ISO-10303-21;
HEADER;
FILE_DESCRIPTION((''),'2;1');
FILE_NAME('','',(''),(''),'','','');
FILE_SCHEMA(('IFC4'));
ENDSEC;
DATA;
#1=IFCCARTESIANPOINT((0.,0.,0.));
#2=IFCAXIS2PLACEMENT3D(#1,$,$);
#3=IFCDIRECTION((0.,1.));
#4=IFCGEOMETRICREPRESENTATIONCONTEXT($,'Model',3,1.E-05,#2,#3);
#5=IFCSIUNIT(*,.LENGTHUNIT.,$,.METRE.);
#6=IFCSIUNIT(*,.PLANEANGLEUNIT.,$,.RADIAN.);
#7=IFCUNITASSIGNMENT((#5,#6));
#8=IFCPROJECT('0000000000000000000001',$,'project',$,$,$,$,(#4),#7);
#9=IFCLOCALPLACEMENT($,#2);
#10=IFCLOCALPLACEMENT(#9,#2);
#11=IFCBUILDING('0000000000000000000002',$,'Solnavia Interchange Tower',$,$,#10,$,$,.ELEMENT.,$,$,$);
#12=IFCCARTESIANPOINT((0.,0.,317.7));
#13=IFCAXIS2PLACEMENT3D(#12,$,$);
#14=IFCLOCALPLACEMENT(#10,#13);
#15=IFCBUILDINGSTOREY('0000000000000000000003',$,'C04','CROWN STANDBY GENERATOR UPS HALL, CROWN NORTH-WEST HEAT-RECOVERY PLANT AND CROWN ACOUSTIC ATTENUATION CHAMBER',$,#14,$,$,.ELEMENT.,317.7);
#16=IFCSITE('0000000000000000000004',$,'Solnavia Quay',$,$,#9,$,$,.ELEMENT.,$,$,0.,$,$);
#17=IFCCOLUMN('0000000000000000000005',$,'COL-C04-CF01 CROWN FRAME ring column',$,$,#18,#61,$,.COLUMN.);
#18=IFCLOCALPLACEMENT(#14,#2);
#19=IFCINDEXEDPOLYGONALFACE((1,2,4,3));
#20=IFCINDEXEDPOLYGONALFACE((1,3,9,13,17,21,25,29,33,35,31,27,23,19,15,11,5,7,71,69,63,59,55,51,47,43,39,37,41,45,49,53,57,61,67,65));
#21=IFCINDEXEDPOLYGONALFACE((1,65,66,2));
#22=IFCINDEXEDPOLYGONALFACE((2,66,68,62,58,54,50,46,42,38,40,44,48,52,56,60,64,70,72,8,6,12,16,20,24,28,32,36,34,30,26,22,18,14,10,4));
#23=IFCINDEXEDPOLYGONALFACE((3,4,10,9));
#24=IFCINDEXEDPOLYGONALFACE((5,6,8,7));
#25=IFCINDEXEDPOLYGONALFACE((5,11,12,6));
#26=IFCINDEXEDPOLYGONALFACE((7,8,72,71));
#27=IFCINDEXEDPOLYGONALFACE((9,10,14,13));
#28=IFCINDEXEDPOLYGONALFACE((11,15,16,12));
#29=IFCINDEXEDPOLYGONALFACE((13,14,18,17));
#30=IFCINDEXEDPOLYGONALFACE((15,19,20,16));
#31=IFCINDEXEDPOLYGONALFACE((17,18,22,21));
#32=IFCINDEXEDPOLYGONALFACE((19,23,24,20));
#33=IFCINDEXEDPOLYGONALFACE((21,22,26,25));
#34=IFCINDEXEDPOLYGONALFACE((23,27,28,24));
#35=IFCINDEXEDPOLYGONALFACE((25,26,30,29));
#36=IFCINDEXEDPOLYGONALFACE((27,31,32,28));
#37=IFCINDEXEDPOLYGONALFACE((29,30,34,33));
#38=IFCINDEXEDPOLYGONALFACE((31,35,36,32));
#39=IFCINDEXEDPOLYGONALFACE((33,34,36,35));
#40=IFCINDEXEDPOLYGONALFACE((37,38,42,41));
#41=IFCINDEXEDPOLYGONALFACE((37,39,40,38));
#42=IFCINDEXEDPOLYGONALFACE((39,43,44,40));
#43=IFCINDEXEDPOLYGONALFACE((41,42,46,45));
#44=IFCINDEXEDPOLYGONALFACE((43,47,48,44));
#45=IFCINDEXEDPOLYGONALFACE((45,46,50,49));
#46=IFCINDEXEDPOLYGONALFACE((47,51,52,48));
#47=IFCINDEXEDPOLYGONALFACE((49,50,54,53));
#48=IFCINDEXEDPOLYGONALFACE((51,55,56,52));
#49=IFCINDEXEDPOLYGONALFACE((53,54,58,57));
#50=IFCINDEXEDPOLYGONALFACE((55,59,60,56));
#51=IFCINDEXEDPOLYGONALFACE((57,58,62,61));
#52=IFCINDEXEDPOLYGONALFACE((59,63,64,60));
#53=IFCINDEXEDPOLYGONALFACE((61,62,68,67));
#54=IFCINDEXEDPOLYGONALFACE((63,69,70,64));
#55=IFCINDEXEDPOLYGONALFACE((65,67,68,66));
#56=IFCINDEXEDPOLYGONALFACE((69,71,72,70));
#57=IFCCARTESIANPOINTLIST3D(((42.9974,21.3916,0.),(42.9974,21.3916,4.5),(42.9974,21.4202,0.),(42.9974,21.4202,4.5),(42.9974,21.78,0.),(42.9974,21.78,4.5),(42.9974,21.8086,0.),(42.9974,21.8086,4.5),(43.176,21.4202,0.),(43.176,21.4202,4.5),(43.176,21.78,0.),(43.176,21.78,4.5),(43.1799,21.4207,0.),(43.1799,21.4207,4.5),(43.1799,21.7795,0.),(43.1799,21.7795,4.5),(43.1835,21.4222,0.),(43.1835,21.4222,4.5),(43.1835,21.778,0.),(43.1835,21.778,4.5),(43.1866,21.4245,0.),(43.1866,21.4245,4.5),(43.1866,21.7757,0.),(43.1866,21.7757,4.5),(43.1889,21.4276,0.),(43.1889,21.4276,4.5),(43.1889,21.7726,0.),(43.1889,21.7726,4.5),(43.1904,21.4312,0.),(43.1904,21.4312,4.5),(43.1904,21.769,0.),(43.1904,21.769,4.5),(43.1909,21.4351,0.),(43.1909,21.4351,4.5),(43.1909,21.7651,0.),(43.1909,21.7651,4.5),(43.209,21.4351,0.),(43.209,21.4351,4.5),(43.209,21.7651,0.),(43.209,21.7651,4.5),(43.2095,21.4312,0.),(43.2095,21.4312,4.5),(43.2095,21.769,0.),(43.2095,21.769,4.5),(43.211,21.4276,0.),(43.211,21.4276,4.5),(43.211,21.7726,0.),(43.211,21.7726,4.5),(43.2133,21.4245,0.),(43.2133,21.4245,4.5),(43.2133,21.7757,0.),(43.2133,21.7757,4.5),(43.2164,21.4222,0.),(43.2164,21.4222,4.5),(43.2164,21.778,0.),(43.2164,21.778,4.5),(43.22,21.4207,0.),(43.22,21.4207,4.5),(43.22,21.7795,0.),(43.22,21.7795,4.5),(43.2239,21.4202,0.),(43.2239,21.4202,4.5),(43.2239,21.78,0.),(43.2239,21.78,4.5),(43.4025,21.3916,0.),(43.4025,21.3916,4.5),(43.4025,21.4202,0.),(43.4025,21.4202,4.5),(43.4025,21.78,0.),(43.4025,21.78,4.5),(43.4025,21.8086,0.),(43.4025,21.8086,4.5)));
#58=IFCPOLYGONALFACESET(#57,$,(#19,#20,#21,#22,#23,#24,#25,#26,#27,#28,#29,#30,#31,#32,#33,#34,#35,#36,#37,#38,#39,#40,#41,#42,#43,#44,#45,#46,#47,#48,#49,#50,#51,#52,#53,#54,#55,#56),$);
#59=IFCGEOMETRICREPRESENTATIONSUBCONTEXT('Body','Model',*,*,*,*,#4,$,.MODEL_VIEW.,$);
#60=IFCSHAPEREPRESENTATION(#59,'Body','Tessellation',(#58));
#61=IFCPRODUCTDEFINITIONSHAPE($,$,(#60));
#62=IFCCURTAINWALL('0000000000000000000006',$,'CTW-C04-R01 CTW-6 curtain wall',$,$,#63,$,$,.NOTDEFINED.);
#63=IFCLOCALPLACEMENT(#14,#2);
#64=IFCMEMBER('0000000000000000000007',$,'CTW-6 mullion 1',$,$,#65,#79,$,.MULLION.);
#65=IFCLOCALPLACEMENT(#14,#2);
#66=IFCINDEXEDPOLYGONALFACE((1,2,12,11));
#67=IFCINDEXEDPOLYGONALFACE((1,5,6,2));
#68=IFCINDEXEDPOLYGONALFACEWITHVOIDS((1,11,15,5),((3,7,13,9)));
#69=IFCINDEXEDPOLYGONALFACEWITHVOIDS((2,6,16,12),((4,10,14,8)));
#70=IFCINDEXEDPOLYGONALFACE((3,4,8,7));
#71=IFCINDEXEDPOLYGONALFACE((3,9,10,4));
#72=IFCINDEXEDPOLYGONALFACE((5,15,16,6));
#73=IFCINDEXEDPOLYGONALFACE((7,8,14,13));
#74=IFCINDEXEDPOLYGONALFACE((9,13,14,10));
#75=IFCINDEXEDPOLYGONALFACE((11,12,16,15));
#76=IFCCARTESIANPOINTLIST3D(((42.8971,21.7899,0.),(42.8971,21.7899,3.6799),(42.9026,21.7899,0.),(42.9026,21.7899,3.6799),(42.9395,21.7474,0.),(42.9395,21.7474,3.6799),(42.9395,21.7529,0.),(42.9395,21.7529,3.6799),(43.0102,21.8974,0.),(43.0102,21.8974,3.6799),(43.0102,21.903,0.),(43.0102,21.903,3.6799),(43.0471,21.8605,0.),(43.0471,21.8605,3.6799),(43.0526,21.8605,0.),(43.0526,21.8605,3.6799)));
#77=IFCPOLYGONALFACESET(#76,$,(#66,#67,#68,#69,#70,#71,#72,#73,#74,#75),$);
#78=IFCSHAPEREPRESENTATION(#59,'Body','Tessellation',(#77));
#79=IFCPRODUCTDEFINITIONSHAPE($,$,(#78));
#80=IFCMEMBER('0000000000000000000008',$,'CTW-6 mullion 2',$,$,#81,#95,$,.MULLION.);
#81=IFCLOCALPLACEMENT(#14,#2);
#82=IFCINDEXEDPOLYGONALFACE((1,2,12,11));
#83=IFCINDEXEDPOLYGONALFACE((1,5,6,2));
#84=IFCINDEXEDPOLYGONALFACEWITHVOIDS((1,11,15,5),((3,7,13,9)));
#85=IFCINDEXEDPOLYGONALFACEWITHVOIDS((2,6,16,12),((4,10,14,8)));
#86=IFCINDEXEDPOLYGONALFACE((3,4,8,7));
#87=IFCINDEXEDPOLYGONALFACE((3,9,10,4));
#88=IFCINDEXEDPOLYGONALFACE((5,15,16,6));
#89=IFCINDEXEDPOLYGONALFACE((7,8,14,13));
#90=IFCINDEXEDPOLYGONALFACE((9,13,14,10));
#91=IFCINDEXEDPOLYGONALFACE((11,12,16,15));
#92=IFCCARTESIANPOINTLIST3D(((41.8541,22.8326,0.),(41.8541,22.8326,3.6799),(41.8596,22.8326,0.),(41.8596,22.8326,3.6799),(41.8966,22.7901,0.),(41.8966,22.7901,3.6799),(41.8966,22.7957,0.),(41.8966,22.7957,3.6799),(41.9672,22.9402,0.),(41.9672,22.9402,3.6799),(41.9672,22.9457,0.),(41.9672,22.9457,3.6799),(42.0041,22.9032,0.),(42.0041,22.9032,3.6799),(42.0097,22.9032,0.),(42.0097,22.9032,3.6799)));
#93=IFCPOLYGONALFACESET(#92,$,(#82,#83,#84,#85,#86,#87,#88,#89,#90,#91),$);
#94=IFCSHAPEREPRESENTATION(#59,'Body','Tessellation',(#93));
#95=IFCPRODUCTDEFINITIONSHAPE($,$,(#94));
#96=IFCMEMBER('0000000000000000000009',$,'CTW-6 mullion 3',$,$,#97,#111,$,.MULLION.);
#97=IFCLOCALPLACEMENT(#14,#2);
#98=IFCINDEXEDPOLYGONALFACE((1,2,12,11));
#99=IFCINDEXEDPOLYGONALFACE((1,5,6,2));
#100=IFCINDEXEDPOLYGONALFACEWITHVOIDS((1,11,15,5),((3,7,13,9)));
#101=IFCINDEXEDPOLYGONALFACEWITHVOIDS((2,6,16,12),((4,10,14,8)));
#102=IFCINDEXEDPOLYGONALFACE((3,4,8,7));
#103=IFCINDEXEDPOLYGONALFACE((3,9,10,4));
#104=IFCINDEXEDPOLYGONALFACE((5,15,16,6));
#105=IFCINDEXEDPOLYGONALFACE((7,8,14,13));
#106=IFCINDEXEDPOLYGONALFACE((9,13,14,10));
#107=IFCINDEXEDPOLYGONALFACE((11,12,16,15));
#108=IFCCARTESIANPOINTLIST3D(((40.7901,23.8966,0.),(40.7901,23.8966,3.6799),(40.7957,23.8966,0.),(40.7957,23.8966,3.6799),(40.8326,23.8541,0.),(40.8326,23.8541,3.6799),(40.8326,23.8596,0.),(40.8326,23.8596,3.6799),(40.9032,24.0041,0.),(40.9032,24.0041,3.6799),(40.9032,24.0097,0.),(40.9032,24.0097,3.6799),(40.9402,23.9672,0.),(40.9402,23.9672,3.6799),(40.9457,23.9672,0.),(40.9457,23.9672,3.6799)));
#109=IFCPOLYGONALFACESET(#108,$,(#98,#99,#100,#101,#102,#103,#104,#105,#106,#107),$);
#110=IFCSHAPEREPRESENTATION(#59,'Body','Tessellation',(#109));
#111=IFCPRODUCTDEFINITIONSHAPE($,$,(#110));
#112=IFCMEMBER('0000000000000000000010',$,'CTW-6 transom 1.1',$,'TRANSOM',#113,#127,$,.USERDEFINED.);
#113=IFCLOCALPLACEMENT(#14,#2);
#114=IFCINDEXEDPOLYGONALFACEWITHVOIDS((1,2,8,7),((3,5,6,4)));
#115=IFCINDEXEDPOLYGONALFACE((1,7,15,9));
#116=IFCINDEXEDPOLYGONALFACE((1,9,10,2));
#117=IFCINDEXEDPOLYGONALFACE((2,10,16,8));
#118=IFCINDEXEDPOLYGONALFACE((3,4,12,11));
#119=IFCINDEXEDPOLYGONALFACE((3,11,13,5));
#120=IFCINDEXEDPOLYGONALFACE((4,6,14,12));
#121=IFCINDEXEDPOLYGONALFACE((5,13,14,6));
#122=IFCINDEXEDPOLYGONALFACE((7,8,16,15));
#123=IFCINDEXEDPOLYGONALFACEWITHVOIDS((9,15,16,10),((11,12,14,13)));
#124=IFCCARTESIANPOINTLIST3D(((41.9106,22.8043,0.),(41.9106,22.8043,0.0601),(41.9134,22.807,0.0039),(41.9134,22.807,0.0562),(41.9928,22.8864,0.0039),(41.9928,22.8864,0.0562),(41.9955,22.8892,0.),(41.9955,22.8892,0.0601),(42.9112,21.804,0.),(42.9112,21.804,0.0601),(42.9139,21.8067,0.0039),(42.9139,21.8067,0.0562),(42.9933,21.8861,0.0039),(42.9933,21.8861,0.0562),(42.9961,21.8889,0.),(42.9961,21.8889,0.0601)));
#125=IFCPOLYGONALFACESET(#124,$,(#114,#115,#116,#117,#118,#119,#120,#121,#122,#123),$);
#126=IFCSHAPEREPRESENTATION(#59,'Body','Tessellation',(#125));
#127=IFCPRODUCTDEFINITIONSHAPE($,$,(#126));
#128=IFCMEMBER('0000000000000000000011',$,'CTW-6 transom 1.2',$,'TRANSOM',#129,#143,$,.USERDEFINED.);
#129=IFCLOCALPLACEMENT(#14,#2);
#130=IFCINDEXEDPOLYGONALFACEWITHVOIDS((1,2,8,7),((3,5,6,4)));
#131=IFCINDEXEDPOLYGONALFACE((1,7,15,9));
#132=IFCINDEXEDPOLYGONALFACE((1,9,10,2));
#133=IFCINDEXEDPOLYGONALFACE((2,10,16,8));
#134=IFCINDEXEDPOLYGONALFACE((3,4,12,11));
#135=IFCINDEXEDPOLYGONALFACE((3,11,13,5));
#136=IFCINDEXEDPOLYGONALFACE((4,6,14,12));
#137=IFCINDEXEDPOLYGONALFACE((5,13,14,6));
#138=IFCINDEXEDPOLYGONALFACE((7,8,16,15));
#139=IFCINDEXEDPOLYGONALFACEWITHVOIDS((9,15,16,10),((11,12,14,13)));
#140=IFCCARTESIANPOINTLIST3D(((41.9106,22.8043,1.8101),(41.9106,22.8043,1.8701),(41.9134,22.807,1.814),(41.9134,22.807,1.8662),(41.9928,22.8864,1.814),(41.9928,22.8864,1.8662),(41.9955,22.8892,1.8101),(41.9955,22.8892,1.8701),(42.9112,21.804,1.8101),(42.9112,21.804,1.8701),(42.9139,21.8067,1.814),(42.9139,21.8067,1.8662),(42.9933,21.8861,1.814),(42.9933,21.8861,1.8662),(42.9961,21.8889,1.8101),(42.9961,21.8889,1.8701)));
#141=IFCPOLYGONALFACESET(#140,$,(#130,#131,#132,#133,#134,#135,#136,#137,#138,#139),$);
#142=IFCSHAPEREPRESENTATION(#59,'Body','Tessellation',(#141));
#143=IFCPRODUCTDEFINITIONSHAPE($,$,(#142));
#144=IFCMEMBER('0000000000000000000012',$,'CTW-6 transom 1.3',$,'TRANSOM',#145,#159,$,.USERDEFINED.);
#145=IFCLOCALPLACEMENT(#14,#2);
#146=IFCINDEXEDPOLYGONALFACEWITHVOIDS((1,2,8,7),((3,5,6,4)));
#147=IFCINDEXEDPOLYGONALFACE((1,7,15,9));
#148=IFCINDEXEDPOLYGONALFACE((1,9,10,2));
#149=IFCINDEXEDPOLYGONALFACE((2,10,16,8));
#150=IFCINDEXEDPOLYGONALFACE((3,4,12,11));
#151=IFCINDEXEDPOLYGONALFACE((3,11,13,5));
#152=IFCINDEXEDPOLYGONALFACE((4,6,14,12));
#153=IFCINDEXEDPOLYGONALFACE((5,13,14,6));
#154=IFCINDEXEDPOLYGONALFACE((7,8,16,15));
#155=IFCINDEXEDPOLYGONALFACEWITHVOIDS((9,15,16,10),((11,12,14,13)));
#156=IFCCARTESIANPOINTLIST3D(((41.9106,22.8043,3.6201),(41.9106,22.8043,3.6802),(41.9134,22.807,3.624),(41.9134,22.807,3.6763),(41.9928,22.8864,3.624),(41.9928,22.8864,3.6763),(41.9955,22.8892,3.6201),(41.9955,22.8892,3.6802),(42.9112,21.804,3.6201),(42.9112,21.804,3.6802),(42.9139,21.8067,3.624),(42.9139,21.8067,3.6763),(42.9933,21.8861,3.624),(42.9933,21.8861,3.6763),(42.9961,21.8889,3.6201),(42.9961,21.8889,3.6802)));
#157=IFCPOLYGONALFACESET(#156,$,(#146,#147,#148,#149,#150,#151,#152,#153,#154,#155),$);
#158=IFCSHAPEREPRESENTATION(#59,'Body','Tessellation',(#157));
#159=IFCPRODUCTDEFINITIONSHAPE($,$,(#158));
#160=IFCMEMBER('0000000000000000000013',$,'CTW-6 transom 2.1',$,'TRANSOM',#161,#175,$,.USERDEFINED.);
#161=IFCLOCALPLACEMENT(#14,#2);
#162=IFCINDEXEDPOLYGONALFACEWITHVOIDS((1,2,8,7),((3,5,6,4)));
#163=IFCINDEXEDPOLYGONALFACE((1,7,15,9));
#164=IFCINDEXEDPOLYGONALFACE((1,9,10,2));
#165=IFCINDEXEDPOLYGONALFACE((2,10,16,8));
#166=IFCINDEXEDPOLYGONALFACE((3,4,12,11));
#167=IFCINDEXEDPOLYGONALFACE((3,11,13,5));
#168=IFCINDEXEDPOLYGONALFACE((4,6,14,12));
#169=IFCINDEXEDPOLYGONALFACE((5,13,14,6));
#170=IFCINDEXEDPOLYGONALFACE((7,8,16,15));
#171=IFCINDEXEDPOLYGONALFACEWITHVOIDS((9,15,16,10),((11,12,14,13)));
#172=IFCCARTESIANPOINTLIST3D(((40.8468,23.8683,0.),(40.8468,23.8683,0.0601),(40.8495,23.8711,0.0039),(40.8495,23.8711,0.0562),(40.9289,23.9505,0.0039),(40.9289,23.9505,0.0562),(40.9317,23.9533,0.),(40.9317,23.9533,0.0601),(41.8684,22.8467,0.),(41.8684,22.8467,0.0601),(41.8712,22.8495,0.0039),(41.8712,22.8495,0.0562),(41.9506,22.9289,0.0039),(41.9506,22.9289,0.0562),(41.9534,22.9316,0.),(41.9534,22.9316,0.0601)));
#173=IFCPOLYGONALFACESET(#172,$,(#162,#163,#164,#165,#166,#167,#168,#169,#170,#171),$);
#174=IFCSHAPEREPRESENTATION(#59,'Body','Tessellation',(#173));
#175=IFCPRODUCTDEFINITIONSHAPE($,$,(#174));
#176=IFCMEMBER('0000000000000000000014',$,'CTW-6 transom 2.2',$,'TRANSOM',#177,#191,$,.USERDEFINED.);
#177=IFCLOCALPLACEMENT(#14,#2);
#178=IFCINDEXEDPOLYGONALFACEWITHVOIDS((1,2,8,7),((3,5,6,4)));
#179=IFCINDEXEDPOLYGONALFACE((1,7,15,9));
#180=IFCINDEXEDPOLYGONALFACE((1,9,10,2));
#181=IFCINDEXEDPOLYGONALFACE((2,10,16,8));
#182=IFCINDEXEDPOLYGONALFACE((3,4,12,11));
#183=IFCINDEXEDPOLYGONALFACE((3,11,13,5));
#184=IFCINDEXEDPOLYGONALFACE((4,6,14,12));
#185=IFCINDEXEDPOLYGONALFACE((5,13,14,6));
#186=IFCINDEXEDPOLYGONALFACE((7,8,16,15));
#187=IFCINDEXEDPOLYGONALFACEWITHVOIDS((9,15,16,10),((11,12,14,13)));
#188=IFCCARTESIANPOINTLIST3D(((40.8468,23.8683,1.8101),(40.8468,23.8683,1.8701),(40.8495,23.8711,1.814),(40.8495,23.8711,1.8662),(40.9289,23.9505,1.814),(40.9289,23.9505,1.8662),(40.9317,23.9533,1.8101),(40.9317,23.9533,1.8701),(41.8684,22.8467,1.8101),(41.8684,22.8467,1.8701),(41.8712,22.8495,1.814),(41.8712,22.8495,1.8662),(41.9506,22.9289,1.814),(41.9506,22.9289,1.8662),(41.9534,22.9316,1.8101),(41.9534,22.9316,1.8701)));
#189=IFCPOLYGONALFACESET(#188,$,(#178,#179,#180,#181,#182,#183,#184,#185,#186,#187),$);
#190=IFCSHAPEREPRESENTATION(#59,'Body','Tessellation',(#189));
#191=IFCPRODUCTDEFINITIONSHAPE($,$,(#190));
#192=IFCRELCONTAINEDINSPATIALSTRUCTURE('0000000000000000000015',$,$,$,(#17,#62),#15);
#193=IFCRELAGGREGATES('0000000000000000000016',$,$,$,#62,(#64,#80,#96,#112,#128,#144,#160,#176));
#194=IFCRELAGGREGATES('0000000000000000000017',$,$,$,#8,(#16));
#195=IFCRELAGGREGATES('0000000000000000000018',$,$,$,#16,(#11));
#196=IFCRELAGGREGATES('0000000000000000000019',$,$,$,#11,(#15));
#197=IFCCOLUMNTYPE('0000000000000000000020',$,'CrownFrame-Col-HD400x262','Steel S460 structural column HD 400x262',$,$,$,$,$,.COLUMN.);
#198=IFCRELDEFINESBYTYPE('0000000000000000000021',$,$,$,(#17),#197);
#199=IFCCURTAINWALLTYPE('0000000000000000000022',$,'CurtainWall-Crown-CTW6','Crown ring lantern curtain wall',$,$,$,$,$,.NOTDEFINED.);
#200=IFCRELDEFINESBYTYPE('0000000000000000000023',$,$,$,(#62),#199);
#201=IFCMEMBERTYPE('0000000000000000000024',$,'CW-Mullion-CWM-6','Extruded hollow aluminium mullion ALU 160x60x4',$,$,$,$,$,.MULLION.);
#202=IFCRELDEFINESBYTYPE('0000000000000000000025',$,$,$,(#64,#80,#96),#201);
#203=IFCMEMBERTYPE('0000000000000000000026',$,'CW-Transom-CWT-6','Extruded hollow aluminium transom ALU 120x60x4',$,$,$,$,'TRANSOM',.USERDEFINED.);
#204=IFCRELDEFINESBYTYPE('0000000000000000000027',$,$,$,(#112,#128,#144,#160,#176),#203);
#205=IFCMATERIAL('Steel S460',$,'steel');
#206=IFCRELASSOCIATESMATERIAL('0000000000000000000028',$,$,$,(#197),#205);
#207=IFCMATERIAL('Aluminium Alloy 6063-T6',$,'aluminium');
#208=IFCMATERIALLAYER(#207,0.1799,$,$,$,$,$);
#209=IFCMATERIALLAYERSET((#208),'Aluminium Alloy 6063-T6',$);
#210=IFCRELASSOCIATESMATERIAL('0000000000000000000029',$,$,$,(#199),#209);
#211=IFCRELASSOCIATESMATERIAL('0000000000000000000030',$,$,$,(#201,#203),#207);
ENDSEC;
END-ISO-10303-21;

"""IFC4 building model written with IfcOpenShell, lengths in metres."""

from ifc_helpers import new_model, si_unit, direction, frame, origin, origin_2d, place, context, subcontext, project, spatial, hollow_rectangle, i_section, extrude, material, layer, layer_set, material_profile, profile_set, type_object, element, aggregate, save


model = new_model("IFC4")

# Units and contexts
model_context = context("Model", 3, precision=1e-05, world=origin(), true_north=direction((0.0, 1.0)))
body_context = subcontext(model_context, "Body", "Model", "MODEL_VIEW")
ifc_project = project(units=[si_unit("LENGTHUNIT", "METRE"), si_unit("PLANEANGLEUNIT", "RADIAN")], contexts=[model_context])

# Site, building, storey
site_placement = place(None, origin())
site = spatial("IfcSite", under=ifc_project, at=site_placement, Name="Solnavia Quay", CompositionType="ELEMENT", RefElevation=0.0)
building_placement = place(site_placement, origin())
building = spatial("IfcBuilding", under=site, at=building_placement, Name="Solnavia Interchange Tower", CompositionType="ELEMENT")
storey_placement = place(building_placement, frame((0.0, 0.0, 317.7)))
storey = spatial("IfcBuildingStorey", under=building, at=storey_placement, Name="C04", Description="CROWN STANDBY GENERATOR UPS HALL, CROWN NORTH-WEST HEAT-RECOVERY PLANT AND CROWN ACOUSTIC ATTENUATION CHAMBER", CompositionType="ELEMENT", Elevation=317.7)

# Column
ifc_material_1 = material(Name="Steel S460", Category="steel")
ifc_material_profile_1 = material_profile(ifc_material_1, i_section(OverallWidth=0.405, OverallDepth=0.417, WebThickness=0.0181, FlangeThickness=0.0286, FilletRadius=0.0149, at=origin_2d()), Name="HD 400x262")
ifc_profile_set_1 = profile_set([ifc_material_profile_1], Name="Steel S460")
column_type = type_object("IfcColumnType", Name="CrownFrame-Col-HD400x262", Description="Steel S460 structural column HD 400x262", PredefinedType="COLUMN", material=ifc_profile_set_1)
column_placement = place(storey_placement, frame((43.2, 21.6001, 0.0), z_axis=(0.0, 0.0, 1.0), x_axis=(1.0, 0.0, 0.0)))
element("IfcColumn", 1, at=column_placement, inside=storey, type_object=column_type, Name="COL-C04-CF01 CROWN FRAME ring column", PredefinedType="COLUMN", context=body_context, shape_type="SweptSolid", body=[
    extrude(i_section(OverallWidth=0.405, OverallDepth=0.417, WebThickness=0.0181, FlangeThickness=0.0286, FilletRadius=0.0149, at=origin_2d()), origin(), (0.0, 0.0, 1.0), 4.5),
])

# Curtain wall, members
ifc_material_2 = material(Name="Aluminium Alloy 6063-T6", Category="aluminium")
ifc_layer_1 = layer(ifc_material_2, 0.1799)
ifc_layer_set_1 = layer_set([ifc_layer_1], Name="Aluminium Alloy 6063-T6")
curtain_wall_type = type_object("IfcCurtainWallType", Name="CurtainWall-Crown-CTW6", Description="Crown ring lantern curtain wall", PredefinedType="NOTDEFINED", material=ifc_layer_set_1)
curtain_wall_placement = place(storey_placement, origin())
curtain_wall = element("IfcCurtainWall", 2, at=curtain_wall_placement, inside=storey, type_object=curtain_wall_type, Name="CTW-C04-R01 CTW-6 curtain wall", PredefinedType="NOTDEFINED")
ifc_material_profile_2 = material_profile(ifc_material_2, hollow_rectangle(XDim=0.0601, YDim=0.1599, WallThickness=0.0039, at=origin_2d()), Name="ALU 160x60x4")
ifc_profile_set_2 = profile_set([ifc_material_profile_2], Name="Aluminium Alloy 6063-T6")
member_type_1 = type_object("IfcMemberType", Name="CW-Mullion-CWM-6", Description="Extruded hollow aluminium mullion ALU 160x60x4", PredefinedType="MULLION", material=ifc_profile_set_2)
member_1_placement = place(storey_placement, frame((42.9749, 21.8252, 0.0), z_axis=(0.0, 0.0, 1.0), x_axis=(-0.707107, 0.707107, 0.0)))
member_1 = element("IfcMember", 3, at=member_1_placement, type_object=member_type_1, Name="CTW-6 mullion 1", PredefinedType="MULLION", context=body_context, shape_type="SweptSolid", body=[
    extrude(hollow_rectangle(XDim=0.0601, YDim=0.1599, WallThickness=0.0039, at=origin_2d()), origin(), (0.0, 0.0, 1.0), 3.6799),
])
member_2_placement = place(storey_placement, frame((41.9319, 22.8679, 0.0), z_axis=(0.0, 0.0, 1.0), x_axis=(-0.707107, 0.707107, 0.0)))
member_2 = element("IfcMember", 4, at=member_2_placement, type_object=member_type_1, Name="CTW-6 mullion 2", PredefinedType="MULLION", context=body_context, shape_type="SweptSolid", body=[
    extrude(hollow_rectangle(XDim=0.0601, YDim=0.1599, WallThickness=0.0039, at=origin_2d()), origin(), (0.0, 0.0, 1.0), 3.6799),
])
member_3_placement = place(storey_placement, frame((40.8679, 23.9319, 0.0), z_axis=(0.0, 0.0, 1.0), x_axis=(-0.707107, 0.707107, 0.0)))
member_3 = element("IfcMember", 5, at=member_3_placement, type_object=member_type_1, Name="CTW-6 mullion 3", PredefinedType="MULLION", context=body_context, shape_type="SweptSolid", body=[
    extrude(hollow_rectangle(XDim=0.0601, YDim=0.1599, WallThickness=0.0039, at=origin_2d()), origin(), (0.0, 0.0, 1.0), 3.6799),
])
ifc_material_profile_3 = material_profile(ifc_material_2, hollow_rectangle(XDim=0.0601, YDim=0.1201, WallThickness=0.0039, at=origin_2d()), Name="ALU 120x60x4")
ifc_profile_set_3 = profile_set([ifc_material_profile_3], Name="Aluminium Alloy 6063-T6")
member_type_2 = type_object("IfcMemberType", Name="CW-Transom-CWT-6", Description="Extruded hollow aluminium transom ALU 120x60x4", ElementType="TRANSOM", PredefinedType="USERDEFINED", material=ifc_profile_set_3)
member_4_placement = place(storey_placement, frame((42.9536, 21.8464, 0.03), z_axis=(-0.707193, 0.70702, 0.0), x_axis=(0.0, 0.0, 1.0)))
member_4 = element("IfcMember", 6, at=member_4_placement, type_object=member_type_2, Name="CTW-6 transom 1.1", ObjectType="TRANSOM", PredefinedType="USERDEFINED", context=body_context, shape_type="SweptSolid", body=[
    extrude(hollow_rectangle(XDim=0.0601, YDim=0.1201, WallThickness=0.0039, at=origin_2d()), origin(), (0.0, 0.0, 1.0), 1.4148),
])
member_5_placement = place(storey_placement, frame((42.9536, 21.8464, 1.8401), z_axis=(-0.707193, 0.70702, 0.0), x_axis=(0.0, 0.0, 1.0)))
member_5 = element("IfcMember", 7, at=member_5_placement, type_object=member_type_2, Name="CTW-6 transom 1.2", ObjectType="TRANSOM", PredefinedType="USERDEFINED", context=body_context, shape_type="SweptSolid", body=[
    extrude(hollow_rectangle(XDim=0.0601, YDim=0.1201, WallThickness=0.0039, at=origin_2d()), origin(), (0.0, 0.0, 1.0), 1.4148),
])
member_6_placement = place(storey_placement, frame((42.9536, 21.8464, 3.6501), z_axis=(-0.707193, 0.70702, 0.0), x_axis=(0.0, 0.0, 1.0)))
member_6 = element("IfcMember", 8, at=member_6_placement, type_object=member_type_2, Name="CTW-6 transom 1.3", ObjectType="TRANSOM", PredefinedType="USERDEFINED", context=body_context, shape_type="SweptSolid", body=[
    extrude(hollow_rectangle(XDim=0.0601, YDim=0.1201, WallThickness=0.0039, at=origin_2d()), origin(), (0.0, 0.0, 1.0), 1.4148),
])
member_7_placement = place(storey_placement, frame((41.9109, 22.8892, 0.03), z_axis=(-0.707107, 0.707107, 0.0), x_axis=(0.0, 0.0, 1.0)))
member_7 = element("IfcMember", 9, at=member_7_placement, type_object=member_type_2, Name="CTW-6 transom 2.1", ObjectType="TRANSOM", PredefinedType="USERDEFINED", context=body_context, shape_type="SweptSolid", body=[
    extrude(hollow_rectangle(XDim=0.0601, YDim=0.1201, WallThickness=0.0039, at=origin_2d()), origin(), (0.0, 0.0, 1.0), 1.4448),
])
member_8_placement = place(storey_placement, frame((41.9109, 22.8892, 1.8401), z_axis=(-0.707107, 0.707107, 0.0), x_axis=(0.0, 0.0, 1.0)))
member_8 = element("IfcMember", 10, at=member_8_placement, type_object=member_type_2, Name="CTW-6 transom 2.2", ObjectType="TRANSOM", PredefinedType="USERDEFINED", context=body_context, shape_type="SweptSolid", body=[
    extrude(hollow_rectangle(XDim=0.0601, YDim=0.1201, WallThickness=0.0039, at=origin_2d()), origin(), (0.0, 0.0, 1.0), 1.4448),
])

aggregate(curtain_wall, [member_1, member_2, member_3, member_4, member_5, member_6, member_7, member_8])

save(model, "model.ifc")
